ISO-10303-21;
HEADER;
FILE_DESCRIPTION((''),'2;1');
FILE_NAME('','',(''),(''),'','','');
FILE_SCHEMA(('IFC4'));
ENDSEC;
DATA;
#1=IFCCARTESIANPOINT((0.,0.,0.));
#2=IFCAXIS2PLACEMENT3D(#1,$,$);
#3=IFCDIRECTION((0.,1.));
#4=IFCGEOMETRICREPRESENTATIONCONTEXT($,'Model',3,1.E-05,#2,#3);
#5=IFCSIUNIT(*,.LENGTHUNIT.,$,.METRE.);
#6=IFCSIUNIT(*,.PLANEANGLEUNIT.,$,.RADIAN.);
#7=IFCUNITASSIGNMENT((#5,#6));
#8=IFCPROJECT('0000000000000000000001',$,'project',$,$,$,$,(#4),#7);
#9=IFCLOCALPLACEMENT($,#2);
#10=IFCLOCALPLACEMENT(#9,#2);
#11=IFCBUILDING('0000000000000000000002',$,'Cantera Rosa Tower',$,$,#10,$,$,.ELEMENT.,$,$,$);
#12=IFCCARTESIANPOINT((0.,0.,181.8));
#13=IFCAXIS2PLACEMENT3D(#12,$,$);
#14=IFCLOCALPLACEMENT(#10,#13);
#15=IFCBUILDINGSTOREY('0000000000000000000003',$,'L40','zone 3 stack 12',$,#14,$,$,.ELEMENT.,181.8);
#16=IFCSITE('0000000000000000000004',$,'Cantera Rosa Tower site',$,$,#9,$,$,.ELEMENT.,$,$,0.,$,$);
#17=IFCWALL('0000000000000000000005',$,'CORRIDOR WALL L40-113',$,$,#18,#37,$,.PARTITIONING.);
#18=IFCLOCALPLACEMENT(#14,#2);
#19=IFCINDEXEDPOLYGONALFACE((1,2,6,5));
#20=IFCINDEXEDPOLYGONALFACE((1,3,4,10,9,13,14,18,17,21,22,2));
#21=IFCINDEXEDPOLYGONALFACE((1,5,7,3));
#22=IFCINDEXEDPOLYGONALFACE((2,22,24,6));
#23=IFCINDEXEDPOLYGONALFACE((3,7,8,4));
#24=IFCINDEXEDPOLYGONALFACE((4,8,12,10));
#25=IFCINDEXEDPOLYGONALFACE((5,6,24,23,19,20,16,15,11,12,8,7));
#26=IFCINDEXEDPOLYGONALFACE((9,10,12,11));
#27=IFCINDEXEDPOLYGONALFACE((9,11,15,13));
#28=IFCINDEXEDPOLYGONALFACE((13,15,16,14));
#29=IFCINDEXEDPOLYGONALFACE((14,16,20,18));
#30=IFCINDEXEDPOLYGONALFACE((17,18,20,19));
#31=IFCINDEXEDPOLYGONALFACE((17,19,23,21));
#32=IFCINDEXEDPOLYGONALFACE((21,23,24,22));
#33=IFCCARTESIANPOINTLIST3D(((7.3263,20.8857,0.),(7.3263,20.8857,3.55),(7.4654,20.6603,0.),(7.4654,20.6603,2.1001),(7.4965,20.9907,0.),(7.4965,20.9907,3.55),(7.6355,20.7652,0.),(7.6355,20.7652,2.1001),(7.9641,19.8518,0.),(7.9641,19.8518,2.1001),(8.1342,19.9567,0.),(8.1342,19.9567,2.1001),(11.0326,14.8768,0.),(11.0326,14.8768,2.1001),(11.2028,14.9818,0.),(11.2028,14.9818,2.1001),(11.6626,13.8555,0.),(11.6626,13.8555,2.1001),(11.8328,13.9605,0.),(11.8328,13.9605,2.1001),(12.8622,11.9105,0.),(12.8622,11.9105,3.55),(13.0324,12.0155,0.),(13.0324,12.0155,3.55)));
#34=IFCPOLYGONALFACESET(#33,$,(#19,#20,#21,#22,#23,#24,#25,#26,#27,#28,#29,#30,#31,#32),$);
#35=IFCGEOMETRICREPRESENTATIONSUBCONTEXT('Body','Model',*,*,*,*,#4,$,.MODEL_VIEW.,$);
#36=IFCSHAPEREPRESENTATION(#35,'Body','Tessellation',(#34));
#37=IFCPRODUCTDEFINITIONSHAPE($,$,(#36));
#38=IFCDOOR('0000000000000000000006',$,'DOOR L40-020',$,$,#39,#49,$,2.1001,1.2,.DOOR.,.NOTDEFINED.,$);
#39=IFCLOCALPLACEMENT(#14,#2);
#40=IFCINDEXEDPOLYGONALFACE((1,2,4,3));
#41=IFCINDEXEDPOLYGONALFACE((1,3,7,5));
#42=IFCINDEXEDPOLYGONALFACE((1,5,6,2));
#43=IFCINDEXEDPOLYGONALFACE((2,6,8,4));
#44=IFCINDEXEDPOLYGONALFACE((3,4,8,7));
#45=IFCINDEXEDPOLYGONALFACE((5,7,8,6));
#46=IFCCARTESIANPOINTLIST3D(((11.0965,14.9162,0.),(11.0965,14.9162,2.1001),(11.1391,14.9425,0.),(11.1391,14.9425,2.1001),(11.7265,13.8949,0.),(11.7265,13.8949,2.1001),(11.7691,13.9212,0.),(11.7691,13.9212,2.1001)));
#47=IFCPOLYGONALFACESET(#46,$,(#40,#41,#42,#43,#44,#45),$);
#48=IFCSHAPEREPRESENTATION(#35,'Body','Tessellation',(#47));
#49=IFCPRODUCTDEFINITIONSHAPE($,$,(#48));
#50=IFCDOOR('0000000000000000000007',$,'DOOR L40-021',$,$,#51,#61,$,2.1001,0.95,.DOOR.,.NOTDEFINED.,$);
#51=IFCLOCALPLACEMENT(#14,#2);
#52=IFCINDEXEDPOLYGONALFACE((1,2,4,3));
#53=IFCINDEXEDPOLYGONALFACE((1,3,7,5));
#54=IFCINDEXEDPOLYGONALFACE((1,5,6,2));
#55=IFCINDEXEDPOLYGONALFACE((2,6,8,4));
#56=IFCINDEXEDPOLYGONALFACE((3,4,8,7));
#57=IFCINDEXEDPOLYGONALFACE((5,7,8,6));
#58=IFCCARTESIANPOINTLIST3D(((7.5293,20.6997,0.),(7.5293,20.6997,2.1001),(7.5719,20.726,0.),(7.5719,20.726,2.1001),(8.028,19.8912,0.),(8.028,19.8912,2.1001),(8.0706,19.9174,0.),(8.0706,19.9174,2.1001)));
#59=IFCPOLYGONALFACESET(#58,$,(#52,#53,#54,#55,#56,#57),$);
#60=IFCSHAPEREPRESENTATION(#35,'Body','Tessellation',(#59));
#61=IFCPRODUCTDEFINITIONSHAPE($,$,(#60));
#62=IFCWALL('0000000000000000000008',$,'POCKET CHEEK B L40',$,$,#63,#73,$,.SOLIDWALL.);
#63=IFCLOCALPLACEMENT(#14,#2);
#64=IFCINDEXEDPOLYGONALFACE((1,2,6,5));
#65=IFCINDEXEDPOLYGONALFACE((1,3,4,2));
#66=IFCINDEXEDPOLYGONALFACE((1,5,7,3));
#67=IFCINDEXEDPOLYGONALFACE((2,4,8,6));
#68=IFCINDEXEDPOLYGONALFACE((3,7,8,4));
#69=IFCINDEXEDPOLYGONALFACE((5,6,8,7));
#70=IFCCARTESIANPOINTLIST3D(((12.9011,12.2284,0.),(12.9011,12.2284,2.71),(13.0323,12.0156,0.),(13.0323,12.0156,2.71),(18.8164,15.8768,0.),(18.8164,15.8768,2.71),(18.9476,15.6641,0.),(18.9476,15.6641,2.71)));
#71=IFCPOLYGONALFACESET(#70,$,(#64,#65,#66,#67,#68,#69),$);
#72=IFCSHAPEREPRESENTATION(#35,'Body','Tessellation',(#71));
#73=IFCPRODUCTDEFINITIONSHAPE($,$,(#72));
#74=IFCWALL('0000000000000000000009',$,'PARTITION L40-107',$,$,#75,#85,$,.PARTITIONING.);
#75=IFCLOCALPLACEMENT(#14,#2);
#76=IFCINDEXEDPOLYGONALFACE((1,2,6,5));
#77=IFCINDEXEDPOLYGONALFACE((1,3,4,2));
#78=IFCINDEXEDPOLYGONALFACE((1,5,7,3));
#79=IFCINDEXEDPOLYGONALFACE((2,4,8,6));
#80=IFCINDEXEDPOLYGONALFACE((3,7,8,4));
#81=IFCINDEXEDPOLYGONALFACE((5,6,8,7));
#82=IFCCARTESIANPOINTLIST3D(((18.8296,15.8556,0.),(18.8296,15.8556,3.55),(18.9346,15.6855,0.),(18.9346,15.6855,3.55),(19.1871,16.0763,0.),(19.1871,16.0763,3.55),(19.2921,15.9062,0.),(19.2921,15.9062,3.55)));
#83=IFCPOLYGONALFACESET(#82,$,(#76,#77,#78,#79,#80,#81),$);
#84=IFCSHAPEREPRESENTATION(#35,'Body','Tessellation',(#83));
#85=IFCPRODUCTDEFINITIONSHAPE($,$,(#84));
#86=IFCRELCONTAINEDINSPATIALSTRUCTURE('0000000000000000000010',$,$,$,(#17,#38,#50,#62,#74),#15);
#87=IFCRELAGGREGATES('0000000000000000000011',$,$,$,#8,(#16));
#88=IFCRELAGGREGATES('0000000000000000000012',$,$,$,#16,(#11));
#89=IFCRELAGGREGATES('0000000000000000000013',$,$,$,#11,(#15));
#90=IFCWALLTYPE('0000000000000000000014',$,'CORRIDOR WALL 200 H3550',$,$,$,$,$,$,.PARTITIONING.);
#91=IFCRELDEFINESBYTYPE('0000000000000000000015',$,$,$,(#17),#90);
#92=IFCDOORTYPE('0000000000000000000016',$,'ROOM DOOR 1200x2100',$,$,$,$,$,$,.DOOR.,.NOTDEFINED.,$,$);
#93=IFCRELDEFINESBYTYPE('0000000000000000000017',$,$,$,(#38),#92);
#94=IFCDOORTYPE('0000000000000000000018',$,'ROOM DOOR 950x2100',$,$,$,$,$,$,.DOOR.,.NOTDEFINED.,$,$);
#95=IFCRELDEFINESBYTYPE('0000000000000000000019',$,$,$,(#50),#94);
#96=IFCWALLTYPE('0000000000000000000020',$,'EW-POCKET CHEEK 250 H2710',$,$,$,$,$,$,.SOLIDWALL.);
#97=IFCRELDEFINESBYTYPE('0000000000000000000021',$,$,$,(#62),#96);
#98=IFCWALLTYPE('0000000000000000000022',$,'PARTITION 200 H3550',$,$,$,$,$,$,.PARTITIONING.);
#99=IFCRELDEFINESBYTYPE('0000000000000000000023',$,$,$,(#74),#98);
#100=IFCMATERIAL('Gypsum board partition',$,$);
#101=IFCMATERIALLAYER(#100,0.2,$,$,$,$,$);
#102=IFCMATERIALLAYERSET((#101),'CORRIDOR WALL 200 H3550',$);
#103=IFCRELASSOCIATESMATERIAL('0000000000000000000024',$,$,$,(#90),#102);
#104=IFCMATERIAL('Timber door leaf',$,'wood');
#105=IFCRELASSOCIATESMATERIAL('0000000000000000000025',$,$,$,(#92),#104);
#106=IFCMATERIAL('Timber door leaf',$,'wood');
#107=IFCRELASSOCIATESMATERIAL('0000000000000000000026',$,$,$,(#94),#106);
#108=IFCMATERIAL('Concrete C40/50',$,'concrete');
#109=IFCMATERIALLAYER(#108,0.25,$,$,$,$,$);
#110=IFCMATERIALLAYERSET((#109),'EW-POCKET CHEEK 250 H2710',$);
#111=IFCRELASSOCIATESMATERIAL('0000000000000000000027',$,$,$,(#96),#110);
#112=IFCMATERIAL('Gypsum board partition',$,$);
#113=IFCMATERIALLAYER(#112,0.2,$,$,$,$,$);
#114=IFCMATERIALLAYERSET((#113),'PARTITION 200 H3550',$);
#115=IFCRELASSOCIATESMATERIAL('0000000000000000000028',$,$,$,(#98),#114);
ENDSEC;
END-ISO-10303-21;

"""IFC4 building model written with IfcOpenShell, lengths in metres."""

from ifc_helpers import new_model, si_unit, direction, frame, frame_2d, origin, place, context, subcontext, project, spatial, rectangle, extrude, material, layer, layer_set, type_object, element, fill, save


model = new_model("IFC4")

# Units and contexts
model_context = context("Model", 3, precision=1e-05, world=origin(), true_north=direction((0.0, 1.0)))
body_context = subcontext(model_context, "Body", "Model", "MODEL_VIEW")
ifc_project = project(units=[si_unit("LENGTHUNIT", "METRE"), si_unit("PLANEANGLEUNIT", "RADIAN")], contexts=[model_context])

# Site, building, storey
site_placement = place(None, origin())
site = spatial("IfcSite", under=ifc_project, at=site_placement, Name="Cantera Rosa Tower site", CompositionType="ELEMENT", RefElevation=0.0)
building_placement = place(site_placement, origin())
building = spatial("IfcBuilding", under=site, at=building_placement, Name="Cantera Rosa Tower", CompositionType="ELEMENT")
storey_placement = place(building_placement, frame((0.0, 0.0, 181.8)))
storey = spatial("IfcBuildingStorey", under=building, at=storey_placement, Name="L40", Description="zone 3 stack 12", CompositionType="ELEMENT", Elevation=181.8)

# Wall, openings, doors
ifc_material_1 = material(Name="Gypsum board partition")
ifc_layer_1 = layer(ifc_material_1, 0.2)
ifc_layer_set_1 = layer_set([ifc_layer_1], Name="CORRIDOR WALL 200 H3550")
wall_type_1 = type_object("IfcWallType", Name="CORRIDOR WALL 200 H3550", PredefinedType="PARTITIONING", material=ifc_layer_set_1)
wall_1_placement = place(storey_placement, frame((12.9473, 11.9631, 0.0), z_axis=(0.0, 0.0, 1.0), x_axis=(-0.524974, 0.851118, 0.0)))
wall_1 = element("IfcWall", 1, at=wall_1_placement, inside=storey, type_object=wall_type_1, Name="CORRIDOR WALL L40-113", PredefinedType="PARTITIONING", context=body_context, shape_type="SweptSolid", body=[
    extrude(rectangle(XDim=10.5452, YDim=0.2, at=frame_2d((5.2725, 0.0))), origin(), (0.0, 0.0, 1.0), 3.55),
])
opening_1_placement = place(wall_1_placement, frame((2.2849, 0.0, 0.0)))
opening_1 = element("IfcOpeningElement", 2, at=opening_1_placement, cuts=wall_1, PredefinedType="OPENING", context=body_context, shape_type="SweptSolid", body=[
    extrude(rectangle(XDim=1.2, YDim=2.1001, at=frame_2d((0.6001, 1.05))), frame((0.0, 0.1099, 0.0), z_axis=(0.0, -1.0, 0.0), x_axis=(1.0, 0.0, 0.0)), (0.0, 0.0, 1.0), 0.22),
])
opening_2_placement = place(wall_1_placement, frame((9.3301, 0.0, 0.0)))
opening_2 = element("IfcOpeningElement", 3, at=opening_2_placement, cuts=wall_1, PredefinedType="OPENING", context=body_context, shape_type="SweptSolid", body=[
    extrude(rectangle(XDim=0.95, YDim=2.1001, at=frame_2d((0.4751, 1.05))), frame((0.0, 0.1099, 0.0), z_axis=(0.0, -1.0, 0.0), x_axis=(1.0, 0.0, 0.0)), (0.0, 0.0, 1.0), 0.22),
])
ifc_material_2 = material(Name="Timber door leaf", Category="wood")
door_type_1 = type_object("IfcDoorType", Name="ROOM DOOR 1200x2100", OperationType="NOTDEFINED", PredefinedType="DOOR", material=ifc_material_2)
door_1_placement = place(opening_1_placement, origin())
door_1 = element("IfcDoor", 4, at=door_1_placement, inside=storey, type_object=door_type_1, Name="DOOR L40-020", OperationType="NOTDEFINED", OverallHeight=2.1001, OverallWidth=1.2, PredefinedType="DOOR", context=body_context, shape_type="SweptSolid", body=[
    extrude(rectangle(XDim=1.2, YDim=2.1001, at=frame_2d((0.6001, 1.05))), frame((0.0, 0.0249, 0.0), z_axis=(0.0, -1.0, 0.0), x_axis=(1.0, 0.0, 0.0)), (0.0, 0.0, 1.0), 0.05),
])
fill(opening_1, door_1)
ifc_material_3 = material(Name="Timber door leaf", Category="wood")
door_type_2 = type_object("IfcDoorType", Name="ROOM DOOR 950x2100", OperationType="NOTDEFINED", PredefinedType="DOOR", material=ifc_material_3)
door_2_placement = place(opening_2_placement, origin())
door_2 = element("IfcDoor", 5, at=door_2_placement, inside=storey, type_object=door_type_2, Name="DOOR L40-021", OperationType="NOTDEFINED", OverallHeight=2.1001, OverallWidth=0.95, PredefinedType="DOOR", context=body_context, shape_type="SweptSolid", body=[
    extrude(rectangle(XDim=0.95, YDim=2.1001, at=frame_2d((0.4751, 1.05))), frame((0.0, 0.0249, 0.0), z_axis=(0.0, -1.0, 0.0), x_axis=(1.0, 0.0, 0.0)), (0.0, 0.0, 1.0), 0.05),
])
fill(opening_2, door_2)

# Walls
ifc_material_4 = material(Name="Concrete C40/50", Category="concrete")
ifc_layer_2 = layer(ifc_material_4, 0.25)
ifc_layer_set_2 = layer_set([ifc_layer_2], Name="EW-POCKET CHEEK 250 H2710")
wall_type_2 = type_object("IfcWallType", Name="EW-POCKET CHEEK 250 H2710", PredefinedType="SOLIDWALL", material=ifc_layer_set_2)
wall_2_placement = place(storey_placement, frame((18.8821, 15.7705, 0.0), z_axis=(0.0, 0.0, 1.0), x_axis=(-0.851127, -0.52496, 0.0)))
element("IfcWall", 6, at=wall_2_placement, inside=storey, type_object=wall_type_2, Name="POCKET CHEEK B L40", PredefinedType="SOLIDWALL", context=body_context, shape_type="SweptSolid", body=[
    extrude(rectangle(XDim=6.95, YDim=0.25, at=frame_2d((3.4751, 0.0))), origin(), (0.0, 0.0, 1.0), 2.71),
])
ifc_material_5 = material(Name="Gypsum board partition")
ifc_layer_3 = layer(ifc_material_5, 0.2)
ifc_layer_set_3 = layer_set([ifc_layer_3], Name="PARTITION 200 H3550")
wall_type_3 = type_object("IfcWallType", Name="PARTITION 200 H3550", PredefinedType="PARTITIONING", material=ifc_layer_set_3)
wall_3_placement = place(storey_placement, frame((19.2395, 15.9912, 0.0), z_axis=(0.0, 0.0, 1.0), x_axis=(-0.850859, -0.525394, 0.0)))
element("IfcWall", 7, at=wall_3_placement, inside=storey, type_object=wall_type_3, Name="PARTITION L40-107", PredefinedType="PARTITIONING", context=body_context, shape_type="SweptSolid", body=[
    extrude(rectangle(XDim=0.4202, YDim=0.2, at=frame_2d((0.21, 0.0))), origin(), (0.0, 0.0, 1.0), 3.55),
])

save(model, "model.ifc")
